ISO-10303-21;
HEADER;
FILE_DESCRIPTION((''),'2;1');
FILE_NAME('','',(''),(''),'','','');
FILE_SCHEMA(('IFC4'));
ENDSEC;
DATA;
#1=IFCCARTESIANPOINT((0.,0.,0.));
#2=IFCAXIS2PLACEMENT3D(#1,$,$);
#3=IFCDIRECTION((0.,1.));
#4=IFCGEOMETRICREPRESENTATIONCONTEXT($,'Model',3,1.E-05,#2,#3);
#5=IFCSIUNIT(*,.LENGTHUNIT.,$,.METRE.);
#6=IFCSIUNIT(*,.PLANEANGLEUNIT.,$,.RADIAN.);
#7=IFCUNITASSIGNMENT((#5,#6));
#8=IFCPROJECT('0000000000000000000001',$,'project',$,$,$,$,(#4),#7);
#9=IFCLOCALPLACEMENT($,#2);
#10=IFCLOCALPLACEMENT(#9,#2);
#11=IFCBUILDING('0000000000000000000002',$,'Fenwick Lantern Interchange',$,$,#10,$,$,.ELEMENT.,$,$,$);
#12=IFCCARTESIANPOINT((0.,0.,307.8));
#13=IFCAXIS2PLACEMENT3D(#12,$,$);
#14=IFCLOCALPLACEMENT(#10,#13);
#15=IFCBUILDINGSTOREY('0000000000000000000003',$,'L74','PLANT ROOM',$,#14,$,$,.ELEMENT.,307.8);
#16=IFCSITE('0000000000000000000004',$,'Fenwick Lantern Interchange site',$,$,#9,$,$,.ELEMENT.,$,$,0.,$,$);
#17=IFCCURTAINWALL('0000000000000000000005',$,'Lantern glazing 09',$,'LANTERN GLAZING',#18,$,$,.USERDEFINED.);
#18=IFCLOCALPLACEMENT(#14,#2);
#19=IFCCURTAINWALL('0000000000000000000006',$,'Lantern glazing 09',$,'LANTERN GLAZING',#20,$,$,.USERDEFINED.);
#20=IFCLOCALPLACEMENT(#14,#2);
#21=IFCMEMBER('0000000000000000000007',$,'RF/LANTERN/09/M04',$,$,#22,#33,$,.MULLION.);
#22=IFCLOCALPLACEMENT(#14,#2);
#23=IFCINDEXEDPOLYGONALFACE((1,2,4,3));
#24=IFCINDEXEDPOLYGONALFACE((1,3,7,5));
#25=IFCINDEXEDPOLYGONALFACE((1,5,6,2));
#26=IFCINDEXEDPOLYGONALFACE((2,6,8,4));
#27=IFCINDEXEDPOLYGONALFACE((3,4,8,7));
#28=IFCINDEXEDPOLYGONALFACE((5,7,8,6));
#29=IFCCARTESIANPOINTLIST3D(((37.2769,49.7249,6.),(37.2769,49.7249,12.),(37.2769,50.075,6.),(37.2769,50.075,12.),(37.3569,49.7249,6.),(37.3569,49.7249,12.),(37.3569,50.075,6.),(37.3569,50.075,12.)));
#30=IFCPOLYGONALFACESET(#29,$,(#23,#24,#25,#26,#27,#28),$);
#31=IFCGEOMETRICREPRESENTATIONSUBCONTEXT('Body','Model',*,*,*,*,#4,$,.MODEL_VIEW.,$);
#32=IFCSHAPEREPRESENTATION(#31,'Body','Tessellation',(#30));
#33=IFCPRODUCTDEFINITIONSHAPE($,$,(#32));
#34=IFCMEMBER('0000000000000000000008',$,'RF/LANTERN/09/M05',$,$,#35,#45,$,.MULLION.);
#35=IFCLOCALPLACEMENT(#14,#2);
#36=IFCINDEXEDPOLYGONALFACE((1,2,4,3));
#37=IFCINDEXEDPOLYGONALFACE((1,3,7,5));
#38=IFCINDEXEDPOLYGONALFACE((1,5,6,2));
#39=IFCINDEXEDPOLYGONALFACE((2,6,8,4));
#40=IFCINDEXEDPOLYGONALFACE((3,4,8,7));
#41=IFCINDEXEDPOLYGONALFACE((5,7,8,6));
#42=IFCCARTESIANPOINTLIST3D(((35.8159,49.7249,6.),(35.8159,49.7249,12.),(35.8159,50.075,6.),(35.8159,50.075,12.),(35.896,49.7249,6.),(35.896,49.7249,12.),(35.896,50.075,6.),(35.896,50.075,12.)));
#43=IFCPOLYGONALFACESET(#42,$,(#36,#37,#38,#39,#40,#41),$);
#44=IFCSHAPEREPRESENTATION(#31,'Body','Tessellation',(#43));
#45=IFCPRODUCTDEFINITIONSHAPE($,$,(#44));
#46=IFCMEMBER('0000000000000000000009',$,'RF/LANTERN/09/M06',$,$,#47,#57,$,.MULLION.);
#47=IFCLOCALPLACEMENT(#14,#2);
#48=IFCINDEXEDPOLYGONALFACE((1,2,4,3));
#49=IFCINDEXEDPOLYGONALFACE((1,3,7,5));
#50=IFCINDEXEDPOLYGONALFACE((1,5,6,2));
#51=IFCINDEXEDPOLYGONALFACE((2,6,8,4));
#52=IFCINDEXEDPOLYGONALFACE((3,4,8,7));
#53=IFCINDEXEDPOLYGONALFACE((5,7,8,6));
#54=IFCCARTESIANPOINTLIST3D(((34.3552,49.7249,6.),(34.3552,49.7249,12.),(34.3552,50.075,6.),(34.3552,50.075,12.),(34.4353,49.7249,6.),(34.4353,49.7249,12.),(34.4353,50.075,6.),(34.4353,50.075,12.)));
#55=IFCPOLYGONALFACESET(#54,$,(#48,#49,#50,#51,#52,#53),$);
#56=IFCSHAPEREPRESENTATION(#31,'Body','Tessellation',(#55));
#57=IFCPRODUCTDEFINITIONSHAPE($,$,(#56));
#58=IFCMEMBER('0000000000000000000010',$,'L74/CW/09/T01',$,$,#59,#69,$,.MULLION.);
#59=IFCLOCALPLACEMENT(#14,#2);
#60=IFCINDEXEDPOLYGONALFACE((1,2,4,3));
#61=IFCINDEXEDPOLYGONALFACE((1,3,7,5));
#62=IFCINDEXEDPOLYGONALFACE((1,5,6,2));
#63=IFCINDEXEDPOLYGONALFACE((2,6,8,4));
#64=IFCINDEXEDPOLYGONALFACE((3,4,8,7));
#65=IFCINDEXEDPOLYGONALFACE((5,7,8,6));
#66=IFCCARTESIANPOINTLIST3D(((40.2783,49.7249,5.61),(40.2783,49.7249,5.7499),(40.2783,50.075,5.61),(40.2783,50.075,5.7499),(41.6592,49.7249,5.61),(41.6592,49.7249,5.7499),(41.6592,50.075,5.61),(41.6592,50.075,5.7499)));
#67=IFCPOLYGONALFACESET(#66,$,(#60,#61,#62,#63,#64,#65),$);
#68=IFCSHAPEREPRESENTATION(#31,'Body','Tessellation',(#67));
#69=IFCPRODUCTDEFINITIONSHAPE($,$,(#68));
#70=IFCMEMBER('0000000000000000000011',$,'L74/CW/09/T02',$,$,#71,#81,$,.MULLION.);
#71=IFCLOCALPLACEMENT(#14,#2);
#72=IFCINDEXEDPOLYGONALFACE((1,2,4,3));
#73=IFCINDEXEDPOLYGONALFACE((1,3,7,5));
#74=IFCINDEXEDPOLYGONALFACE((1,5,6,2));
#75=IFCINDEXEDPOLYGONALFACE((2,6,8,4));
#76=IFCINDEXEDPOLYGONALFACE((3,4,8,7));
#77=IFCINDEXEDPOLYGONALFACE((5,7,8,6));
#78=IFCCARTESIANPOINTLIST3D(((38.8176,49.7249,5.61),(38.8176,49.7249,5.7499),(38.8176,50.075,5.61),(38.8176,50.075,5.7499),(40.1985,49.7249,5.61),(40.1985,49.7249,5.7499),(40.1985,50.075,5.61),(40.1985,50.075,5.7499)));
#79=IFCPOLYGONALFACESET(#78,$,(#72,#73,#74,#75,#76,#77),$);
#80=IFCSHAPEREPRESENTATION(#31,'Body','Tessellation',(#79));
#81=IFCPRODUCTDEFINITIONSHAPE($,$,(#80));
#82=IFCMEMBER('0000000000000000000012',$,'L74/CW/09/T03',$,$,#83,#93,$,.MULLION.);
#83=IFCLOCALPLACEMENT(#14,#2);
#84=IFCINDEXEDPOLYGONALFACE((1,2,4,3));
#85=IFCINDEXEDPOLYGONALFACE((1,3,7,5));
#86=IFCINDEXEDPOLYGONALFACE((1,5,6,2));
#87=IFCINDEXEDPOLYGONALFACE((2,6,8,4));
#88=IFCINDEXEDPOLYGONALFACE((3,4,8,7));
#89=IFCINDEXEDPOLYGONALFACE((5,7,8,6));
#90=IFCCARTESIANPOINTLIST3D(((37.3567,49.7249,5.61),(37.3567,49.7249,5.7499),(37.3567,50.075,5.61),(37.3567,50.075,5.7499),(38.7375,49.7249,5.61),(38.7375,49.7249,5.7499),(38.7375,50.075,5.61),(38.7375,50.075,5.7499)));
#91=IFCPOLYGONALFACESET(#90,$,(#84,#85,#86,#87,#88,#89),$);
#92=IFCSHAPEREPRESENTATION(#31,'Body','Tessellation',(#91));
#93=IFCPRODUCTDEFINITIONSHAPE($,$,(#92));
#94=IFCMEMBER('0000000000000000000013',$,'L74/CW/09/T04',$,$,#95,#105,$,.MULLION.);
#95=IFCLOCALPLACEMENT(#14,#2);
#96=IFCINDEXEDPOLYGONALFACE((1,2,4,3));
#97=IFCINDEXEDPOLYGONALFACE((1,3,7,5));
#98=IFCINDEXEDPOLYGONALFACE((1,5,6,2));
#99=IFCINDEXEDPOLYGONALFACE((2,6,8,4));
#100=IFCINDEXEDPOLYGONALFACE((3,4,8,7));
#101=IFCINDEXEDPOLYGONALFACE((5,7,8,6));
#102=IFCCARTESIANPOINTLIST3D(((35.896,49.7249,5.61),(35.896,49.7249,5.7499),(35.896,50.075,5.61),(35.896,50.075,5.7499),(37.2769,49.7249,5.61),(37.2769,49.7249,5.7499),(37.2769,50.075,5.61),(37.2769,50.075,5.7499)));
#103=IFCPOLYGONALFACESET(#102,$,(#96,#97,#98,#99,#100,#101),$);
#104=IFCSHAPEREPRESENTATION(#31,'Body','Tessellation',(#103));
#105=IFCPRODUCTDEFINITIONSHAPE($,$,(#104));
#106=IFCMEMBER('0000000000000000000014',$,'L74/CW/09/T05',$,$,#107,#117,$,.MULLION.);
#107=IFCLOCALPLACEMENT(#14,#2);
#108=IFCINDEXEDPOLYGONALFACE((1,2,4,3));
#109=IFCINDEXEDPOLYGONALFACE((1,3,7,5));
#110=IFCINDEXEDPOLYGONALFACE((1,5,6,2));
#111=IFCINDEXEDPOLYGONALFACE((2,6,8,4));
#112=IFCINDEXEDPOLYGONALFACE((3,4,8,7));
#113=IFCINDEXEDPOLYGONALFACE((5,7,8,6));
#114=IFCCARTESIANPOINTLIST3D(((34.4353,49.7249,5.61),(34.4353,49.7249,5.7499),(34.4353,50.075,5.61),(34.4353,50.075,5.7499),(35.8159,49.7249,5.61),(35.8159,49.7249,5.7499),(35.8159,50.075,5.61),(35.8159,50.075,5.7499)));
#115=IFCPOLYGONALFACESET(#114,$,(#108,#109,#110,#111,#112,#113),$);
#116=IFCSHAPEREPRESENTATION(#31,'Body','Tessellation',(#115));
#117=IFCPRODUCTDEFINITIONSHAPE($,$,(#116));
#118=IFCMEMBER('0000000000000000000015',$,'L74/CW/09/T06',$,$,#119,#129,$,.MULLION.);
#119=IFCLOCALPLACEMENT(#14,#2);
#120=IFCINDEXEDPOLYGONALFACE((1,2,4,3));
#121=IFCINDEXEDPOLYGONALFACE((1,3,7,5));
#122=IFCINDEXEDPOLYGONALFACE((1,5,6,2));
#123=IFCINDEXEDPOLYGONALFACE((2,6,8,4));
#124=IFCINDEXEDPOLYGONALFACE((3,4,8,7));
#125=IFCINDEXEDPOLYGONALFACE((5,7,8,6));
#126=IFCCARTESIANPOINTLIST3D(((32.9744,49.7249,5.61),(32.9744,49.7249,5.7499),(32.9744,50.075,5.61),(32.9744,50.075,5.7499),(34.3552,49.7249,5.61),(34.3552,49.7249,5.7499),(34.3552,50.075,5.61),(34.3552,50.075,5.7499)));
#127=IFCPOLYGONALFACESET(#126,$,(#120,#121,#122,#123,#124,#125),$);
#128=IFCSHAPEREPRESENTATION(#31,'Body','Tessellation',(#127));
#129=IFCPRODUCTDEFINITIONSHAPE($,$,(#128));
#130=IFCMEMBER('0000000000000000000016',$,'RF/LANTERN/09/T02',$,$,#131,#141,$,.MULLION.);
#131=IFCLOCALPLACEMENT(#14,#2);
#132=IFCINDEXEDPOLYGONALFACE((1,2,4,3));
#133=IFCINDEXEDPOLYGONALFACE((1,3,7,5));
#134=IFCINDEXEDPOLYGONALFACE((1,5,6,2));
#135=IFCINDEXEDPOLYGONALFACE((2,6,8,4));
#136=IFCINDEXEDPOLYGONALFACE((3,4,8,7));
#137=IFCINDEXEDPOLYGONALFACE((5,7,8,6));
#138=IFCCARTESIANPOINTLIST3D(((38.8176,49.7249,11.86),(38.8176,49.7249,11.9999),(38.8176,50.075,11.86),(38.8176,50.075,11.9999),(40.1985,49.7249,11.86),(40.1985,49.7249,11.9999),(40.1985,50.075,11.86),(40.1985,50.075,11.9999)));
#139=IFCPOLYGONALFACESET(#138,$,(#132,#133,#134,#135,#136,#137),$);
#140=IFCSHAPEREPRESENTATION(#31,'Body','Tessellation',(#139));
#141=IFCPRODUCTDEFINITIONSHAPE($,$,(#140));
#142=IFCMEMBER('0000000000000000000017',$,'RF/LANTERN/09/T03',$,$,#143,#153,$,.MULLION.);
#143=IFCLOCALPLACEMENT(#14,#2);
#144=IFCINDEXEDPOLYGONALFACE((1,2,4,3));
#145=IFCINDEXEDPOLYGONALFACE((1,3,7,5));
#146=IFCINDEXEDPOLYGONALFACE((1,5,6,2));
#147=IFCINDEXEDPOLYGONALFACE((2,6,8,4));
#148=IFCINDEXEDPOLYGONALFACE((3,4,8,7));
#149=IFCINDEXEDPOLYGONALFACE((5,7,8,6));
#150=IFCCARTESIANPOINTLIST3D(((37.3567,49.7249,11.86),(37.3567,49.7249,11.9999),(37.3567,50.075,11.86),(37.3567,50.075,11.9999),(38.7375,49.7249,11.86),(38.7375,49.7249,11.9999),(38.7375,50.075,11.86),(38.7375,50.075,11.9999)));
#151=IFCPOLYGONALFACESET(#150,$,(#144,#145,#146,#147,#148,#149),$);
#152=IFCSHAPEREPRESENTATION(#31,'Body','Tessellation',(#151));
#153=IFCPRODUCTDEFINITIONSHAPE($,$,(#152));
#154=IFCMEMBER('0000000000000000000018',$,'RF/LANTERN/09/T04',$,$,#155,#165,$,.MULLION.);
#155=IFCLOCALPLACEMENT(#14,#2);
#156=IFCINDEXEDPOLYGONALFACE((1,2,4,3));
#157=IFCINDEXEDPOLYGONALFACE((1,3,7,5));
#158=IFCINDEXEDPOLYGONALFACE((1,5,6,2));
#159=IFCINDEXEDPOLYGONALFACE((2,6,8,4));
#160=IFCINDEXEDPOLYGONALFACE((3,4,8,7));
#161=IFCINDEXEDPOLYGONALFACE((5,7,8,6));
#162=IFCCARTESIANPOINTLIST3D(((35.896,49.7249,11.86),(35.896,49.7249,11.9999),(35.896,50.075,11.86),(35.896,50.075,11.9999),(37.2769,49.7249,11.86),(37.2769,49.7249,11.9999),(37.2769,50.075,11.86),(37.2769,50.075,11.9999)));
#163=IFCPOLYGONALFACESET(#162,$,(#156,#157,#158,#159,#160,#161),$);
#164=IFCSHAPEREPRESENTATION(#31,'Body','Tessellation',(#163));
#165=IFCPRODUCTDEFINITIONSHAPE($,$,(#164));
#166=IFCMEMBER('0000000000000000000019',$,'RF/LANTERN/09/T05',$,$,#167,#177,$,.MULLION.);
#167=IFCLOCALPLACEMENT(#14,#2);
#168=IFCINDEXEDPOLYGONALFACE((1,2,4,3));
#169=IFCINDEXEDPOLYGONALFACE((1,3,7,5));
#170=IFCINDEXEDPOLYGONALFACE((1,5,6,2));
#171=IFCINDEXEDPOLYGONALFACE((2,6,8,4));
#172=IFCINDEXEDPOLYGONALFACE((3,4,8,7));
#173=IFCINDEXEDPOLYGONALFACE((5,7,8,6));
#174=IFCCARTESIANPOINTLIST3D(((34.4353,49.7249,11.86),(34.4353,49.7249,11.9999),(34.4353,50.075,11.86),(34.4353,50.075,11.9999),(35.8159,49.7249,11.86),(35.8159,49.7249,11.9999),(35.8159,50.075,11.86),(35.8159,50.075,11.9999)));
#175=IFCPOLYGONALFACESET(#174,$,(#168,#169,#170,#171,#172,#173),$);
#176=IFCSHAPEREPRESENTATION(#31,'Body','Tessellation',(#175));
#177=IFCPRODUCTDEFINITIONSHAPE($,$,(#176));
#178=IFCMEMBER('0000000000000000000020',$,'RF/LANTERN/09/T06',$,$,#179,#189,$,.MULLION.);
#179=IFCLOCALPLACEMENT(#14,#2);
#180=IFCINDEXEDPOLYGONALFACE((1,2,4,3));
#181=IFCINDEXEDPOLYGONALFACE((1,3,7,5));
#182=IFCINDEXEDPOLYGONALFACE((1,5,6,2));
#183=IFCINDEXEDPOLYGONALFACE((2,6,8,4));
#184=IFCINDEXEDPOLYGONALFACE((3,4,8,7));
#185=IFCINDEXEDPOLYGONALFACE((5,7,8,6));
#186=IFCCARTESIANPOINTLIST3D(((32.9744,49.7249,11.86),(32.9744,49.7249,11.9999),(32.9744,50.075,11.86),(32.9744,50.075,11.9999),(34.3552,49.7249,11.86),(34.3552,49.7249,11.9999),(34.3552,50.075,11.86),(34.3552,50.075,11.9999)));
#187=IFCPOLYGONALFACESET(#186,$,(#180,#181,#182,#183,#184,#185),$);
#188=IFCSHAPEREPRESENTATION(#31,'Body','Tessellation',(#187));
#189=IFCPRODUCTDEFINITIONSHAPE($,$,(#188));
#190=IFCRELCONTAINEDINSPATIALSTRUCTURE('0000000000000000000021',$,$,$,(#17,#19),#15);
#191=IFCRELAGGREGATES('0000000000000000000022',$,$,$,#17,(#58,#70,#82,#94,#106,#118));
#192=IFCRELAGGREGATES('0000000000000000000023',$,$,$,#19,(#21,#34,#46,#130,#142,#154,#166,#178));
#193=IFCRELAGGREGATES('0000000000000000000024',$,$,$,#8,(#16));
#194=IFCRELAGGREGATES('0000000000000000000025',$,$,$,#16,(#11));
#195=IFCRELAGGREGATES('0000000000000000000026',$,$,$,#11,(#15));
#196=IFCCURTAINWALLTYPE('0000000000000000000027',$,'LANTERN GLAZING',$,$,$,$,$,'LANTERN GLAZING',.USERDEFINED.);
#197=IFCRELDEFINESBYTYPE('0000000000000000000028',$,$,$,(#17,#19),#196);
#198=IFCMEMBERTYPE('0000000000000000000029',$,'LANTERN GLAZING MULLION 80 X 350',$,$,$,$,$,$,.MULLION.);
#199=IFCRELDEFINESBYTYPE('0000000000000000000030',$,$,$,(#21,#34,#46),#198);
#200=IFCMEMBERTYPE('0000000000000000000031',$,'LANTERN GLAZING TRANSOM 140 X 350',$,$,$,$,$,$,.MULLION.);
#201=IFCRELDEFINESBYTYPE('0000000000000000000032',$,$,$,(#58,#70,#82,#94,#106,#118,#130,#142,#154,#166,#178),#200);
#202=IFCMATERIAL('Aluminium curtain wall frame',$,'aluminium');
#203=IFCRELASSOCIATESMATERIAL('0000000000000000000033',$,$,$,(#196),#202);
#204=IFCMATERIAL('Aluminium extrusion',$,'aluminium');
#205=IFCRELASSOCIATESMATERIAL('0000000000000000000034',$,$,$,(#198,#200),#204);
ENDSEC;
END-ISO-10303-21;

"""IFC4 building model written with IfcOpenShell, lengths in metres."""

from ifc_helpers import new_model, si_unit, direction, frame, origin, origin_2d, place, context, subcontext, project, spatial, rectangle, extrude, material, material_profile, profile_set, type_object, element, aggregate, save


model = new_model("IFC4")

# Units and contexts
model_context = context("Model", 3, precision=1e-05, world=origin(), true_north=direction((0.0, 1.0)))
body_context = subcontext(model_context, "Body", "Model", "MODEL_VIEW")
ifc_project = project(units=[si_unit("LENGTHUNIT", "METRE"), si_unit("PLANEANGLEUNIT", "RADIAN")], contexts=[model_context])

# Site, building, storey
site_placement = place(None, origin())
site = spatial("IfcSite", under=ifc_project, at=site_placement, Name="Fenwick Lantern Interchange site", CompositionType="ELEMENT", RefElevation=0.0)
building_placement = place(site_placement, origin())
building = spatial("IfcBuilding", under=site, at=building_placement, Name="Fenwick Lantern Interchange", CompositionType="ELEMENT")
storey_placement = place(building_placement, frame((0.0, 0.0, 307.8)))
storey = spatial("IfcBuildingStorey", under=building, at=storey_placement, Name="L74", Description="PLANT ROOM", CompositionType="ELEMENT", Elevation=307.8)

# Curtain walls, members
ifc_material_1 = material(Name="Aluminium curtain wall frame", Category="aluminium")
curtain_wall_type = type_object("IfcCurtainWallType", Name="LANTERN GLAZING", ElementType="LANTERN GLAZING", PredefinedType="USERDEFINED", material=ifc_material_1)
curtain_wall_1_placement = place(storey_placement, origin())
curtain_wall_1 = element("IfcCurtainWall", 1, at=curtain_wall_1_placement, inside=storey, type_object=curtain_wall_type, Name="Lantern glazing 09", ObjectType="LANTERN GLAZING", PredefinedType="USERDEFINED")
ifc_material_2 = material(Name="Aluminium extrusion", Category="aluminium")
ifc_material_profile_1 = material_profile(ifc_material_2, rectangle(XDim=0.3501, YDim=0.0801, at=origin_2d()), Name="LANTERN GLAZING MULLION 80 X 350")
ifc_profile_set_1 = profile_set([ifc_material_profile_1], Name="Aluminium extrusion")
member_type_1 = type_object("IfcMemberType", Name="LANTERN GLAZING MULLION 80 X 350", PredefinedType="MULLION", material=ifc_profile_set_1)
curtain_wall_2_placement = place(storey_placement, origin())
curtain_wall_2 = element("IfcCurtainWall", 2, at=curtain_wall_2_placement, inside=storey, type_object=curtain_wall_type, Name="Lantern glazing 09", ObjectType="LANTERN GLAZING", PredefinedType="USERDEFINED")
member_1_placement = place(storey_placement, frame((37.3169, 49.8999, 6.0), z_axis=(0.0, 0.0, 1.0), x_axis=(0.0, -1.0, 0.0)))
member_1 = element("IfcMember", 3, at=member_1_placement, type_object=member_type_1, Name="RF/LANTERN/09/M04", PredefinedType="MULLION", context=body_context, shape_type="SweptSolid", body=[
    extrude(rectangle(XDim=0.3501, YDim=0.0801, at=origin_2d()), origin(), (0.0, 0.0, 1.0), 6.0),
])
member_2_placement = place(storey_placement, frame((35.856, 49.8999, 6.0), z_axis=(0.0, 0.0, 1.0), x_axis=(0.0, -1.0, 0.0)))
member_2 = element("IfcMember", 4, at=member_2_placement, type_object=member_type_1, Name="RF/LANTERN/09/M05", PredefinedType="MULLION", context=body_context, shape_type="SweptSolid", body=[
    extrude(rectangle(XDim=0.3501, YDim=0.0801, at=origin_2d()), origin(), (0.0, 0.0, 1.0), 6.0),
])
member_3_placement = place(storey_placement, frame((34.3953, 49.8999, 6.0), z_axis=(0.0, 0.0, 1.0), x_axis=(0.0, -1.0, 0.0)))
member_3 = element("IfcMember", 5, at=member_3_placement, type_object=member_type_1, Name="RF/LANTERN/09/M06", PredefinedType="MULLION", context=body_context, shape_type="SweptSolid", body=[
    extrude(rectangle(XDim=0.3501, YDim=0.0801, at=origin_2d()), origin(), (0.0, 0.0, 1.0), 6.0),
])

# Members
ifc_material_profile_2 = material_profile(ifc_material_2, rectangle(XDim=0.3501, YDim=0.1399, at=origin_2d()), Name="LANTERN GLAZING TRANSOM 140 X 350")
ifc_profile_set_2 = profile_set([ifc_material_profile_2], Name="Aluminium extrusion")
member_type_2 = type_object("IfcMemberType", Name="LANTERN GLAZING TRANSOM 140 X 350", PredefinedType="MULLION", material=ifc_profile_set_2)
member_4_placement = place(storey_placement, frame((41.6592, 49.8999, 5.6799), z_axis=(-1.0, 0.0, 0.0), x_axis=(0.0, -1.0, 0.0)))
member_4 = element("IfcMember", 6, at=member_4_placement, type_object=member_type_2, Name="L74/CW/09/T01", PredefinedType="MULLION", context=body_context, shape_type="SweptSolid", body=[
    extrude(rectangle(XDim=0.3501, YDim=0.1399, at=origin_2d()), origin(), (0.0, 0.0, 1.0), 1.3809),
])
member_5_placement = place(storey_placement, frame((40.1985, 49.8999, 5.6799), z_axis=(-1.0, 0.0, 0.0), x_axis=(0.0, -1.0, 0.0)))
member_5 = element("IfcMember", 7, at=member_5_placement, type_object=member_type_2, Name="L74/CW/09/T02", PredefinedType="MULLION", context=body_context, shape_type="SweptSolid", body=[
    extrude(rectangle(XDim=0.3501, YDim=0.1399, at=origin_2d()), origin(), (0.0, 0.0, 1.0), 1.3809),
])
member_6_placement = place(storey_placement, frame((38.7375, 49.8999, 5.6799), z_axis=(-1.0, 0.0, 0.0), x_axis=(0.0, -1.0, 0.0)))
member_6 = element("IfcMember", 8, at=member_6_placement, type_object=member_type_2, Name="L74/CW/09/T03", PredefinedType="MULLION", context=body_context, shape_type="SweptSolid", body=[
    extrude(rectangle(XDim=0.3501, YDim=0.1399, at=origin_2d()), origin(), (0.0, 0.0, 1.0), 1.3809),
])
member_7_placement = place(storey_placement, frame((37.2769, 49.8999, 5.6799), z_axis=(-1.0, 0.0, 0.0), x_axis=(0.0, -1.0, 0.0)))
member_7 = element("IfcMember", 9, at=member_7_placement, type_object=member_type_2, Name="L74/CW/09/T04", PredefinedType="MULLION", context=body_context, shape_type="SweptSolid", body=[
    extrude(rectangle(XDim=0.3501, YDim=0.1399, at=origin_2d()), origin(), (0.0, 0.0, 1.0), 1.3809),
])
member_8_placement = place(storey_placement, frame((35.8159, 49.8999, 5.6799), z_axis=(-1.0, 0.0, 0.0), x_axis=(0.0, -1.0, 0.0)))
member_8 = element("IfcMember", 10, at=member_8_placement, type_object=member_type_2, Name="L74/CW/09/T05", PredefinedType="MULLION", context=body_context, shape_type="SweptSolid", body=[
    extrude(rectangle(XDim=0.3501, YDim=0.1399, at=origin_2d()), origin(), (0.0, 0.0, 1.0), 1.3806),
])
member_9_placement = place(storey_placement, frame((34.3552, 49.8999, 5.6799), z_axis=(-1.0, 0.0, 0.0), x_axis=(0.0, -1.0, 0.0)))
member_9 = element("IfcMember", 11, at=member_9_placement, type_object=member_type_2, Name="L74/CW/09/T06", PredefinedType="MULLION", context=body_context, shape_type="SweptSolid", body=[
    extrude(rectangle(XDim=0.3501, YDim=0.1399, at=origin_2d()), origin(), (0.0, 0.0, 1.0), 1.3809),
])
member_10_placement = place(storey_placement, frame((40.1985, 49.8999, 11.9299), z_axis=(-1.0, 0.0, 0.0), x_axis=(0.0, -1.0, 0.0)))
member_10 = element("IfcMember", 12, at=member_10_placement, type_object=member_type_2, Name="RF/LANTERN/09/T02", PredefinedType="MULLION", context=body_context, shape_type="SweptSolid", body=[
    extrude(rectangle(XDim=0.3501, YDim=0.1399, at=origin_2d()), origin(), (0.0, 0.0, 1.0), 1.3809),
])
member_11_placement = place(storey_placement, frame((38.7375, 49.8999, 11.9299), z_axis=(-1.0, 0.0, 0.0), x_axis=(0.0, -1.0, 0.0)))
member_11 = element("IfcMember", 13, at=member_11_placement, type_object=member_type_2, Name="RF/LANTERN/09/T03", PredefinedType="MULLION", context=body_context, shape_type="SweptSolid", body=[
    extrude(rectangle(XDim=0.3501, YDim=0.1399, at=origin_2d()), origin(), (0.0, 0.0, 1.0), 1.3809),
])
member_12_placement = place(storey_placement, frame((37.2769, 49.8999, 11.9299), z_axis=(-1.0, 0.0, 0.0), x_axis=(0.0, -1.0, 0.0)))
member_12 = element("IfcMember", 14, at=member_12_placement, type_object=member_type_2, Name="RF/LANTERN/09/T04", PredefinedType="MULLION", context=body_context, shape_type="SweptSolid", body=[
    extrude(rectangle(XDim=0.3501, YDim=0.1399, at=origin_2d()), origin(), (0.0, 0.0, 1.0), 1.3809),
])
member_13_placement = place(storey_placement, frame((35.8159, 49.8999, 11.9299), z_axis=(-1.0, 0.0, 0.0), x_axis=(0.0, -1.0, 0.0)))
member_13 = element("IfcMember", 15, at=member_13_placement, type_object=member_type_2, Name="RF/LANTERN/09/T05", PredefinedType="MULLION", context=body_context, shape_type="SweptSolid", body=[
    extrude(rectangle(XDim=0.3501, YDim=0.1399, at=origin_2d()), origin(), (0.0, 0.0, 1.0), 1.3806),
])
member_14_placement = place(storey_placement, frame((34.3552, 49.8999, 11.9299), z_axis=(-1.0, 0.0, 0.0), x_axis=(0.0, -1.0, 0.0)))
member_14 = element("IfcMember", 16, at=member_14_placement, type_object=member_type_2, Name="RF/LANTERN/09/T06", PredefinedType="MULLION", context=body_context, shape_type="SweptSolid", body=[
    extrude(rectangle(XDim=0.3501, YDim=0.1399, at=origin_2d()), origin(), (0.0, 0.0, 1.0), 1.3809),
])

aggregate(curtain_wall_1, [member_4, member_5, member_6, member_7, member_8, member_9])
aggregate(curtain_wall_2, [member_1, member_2, member_3, member_10, member_11, member_12, member_13, member_14])

save(model, "model.ifc")
